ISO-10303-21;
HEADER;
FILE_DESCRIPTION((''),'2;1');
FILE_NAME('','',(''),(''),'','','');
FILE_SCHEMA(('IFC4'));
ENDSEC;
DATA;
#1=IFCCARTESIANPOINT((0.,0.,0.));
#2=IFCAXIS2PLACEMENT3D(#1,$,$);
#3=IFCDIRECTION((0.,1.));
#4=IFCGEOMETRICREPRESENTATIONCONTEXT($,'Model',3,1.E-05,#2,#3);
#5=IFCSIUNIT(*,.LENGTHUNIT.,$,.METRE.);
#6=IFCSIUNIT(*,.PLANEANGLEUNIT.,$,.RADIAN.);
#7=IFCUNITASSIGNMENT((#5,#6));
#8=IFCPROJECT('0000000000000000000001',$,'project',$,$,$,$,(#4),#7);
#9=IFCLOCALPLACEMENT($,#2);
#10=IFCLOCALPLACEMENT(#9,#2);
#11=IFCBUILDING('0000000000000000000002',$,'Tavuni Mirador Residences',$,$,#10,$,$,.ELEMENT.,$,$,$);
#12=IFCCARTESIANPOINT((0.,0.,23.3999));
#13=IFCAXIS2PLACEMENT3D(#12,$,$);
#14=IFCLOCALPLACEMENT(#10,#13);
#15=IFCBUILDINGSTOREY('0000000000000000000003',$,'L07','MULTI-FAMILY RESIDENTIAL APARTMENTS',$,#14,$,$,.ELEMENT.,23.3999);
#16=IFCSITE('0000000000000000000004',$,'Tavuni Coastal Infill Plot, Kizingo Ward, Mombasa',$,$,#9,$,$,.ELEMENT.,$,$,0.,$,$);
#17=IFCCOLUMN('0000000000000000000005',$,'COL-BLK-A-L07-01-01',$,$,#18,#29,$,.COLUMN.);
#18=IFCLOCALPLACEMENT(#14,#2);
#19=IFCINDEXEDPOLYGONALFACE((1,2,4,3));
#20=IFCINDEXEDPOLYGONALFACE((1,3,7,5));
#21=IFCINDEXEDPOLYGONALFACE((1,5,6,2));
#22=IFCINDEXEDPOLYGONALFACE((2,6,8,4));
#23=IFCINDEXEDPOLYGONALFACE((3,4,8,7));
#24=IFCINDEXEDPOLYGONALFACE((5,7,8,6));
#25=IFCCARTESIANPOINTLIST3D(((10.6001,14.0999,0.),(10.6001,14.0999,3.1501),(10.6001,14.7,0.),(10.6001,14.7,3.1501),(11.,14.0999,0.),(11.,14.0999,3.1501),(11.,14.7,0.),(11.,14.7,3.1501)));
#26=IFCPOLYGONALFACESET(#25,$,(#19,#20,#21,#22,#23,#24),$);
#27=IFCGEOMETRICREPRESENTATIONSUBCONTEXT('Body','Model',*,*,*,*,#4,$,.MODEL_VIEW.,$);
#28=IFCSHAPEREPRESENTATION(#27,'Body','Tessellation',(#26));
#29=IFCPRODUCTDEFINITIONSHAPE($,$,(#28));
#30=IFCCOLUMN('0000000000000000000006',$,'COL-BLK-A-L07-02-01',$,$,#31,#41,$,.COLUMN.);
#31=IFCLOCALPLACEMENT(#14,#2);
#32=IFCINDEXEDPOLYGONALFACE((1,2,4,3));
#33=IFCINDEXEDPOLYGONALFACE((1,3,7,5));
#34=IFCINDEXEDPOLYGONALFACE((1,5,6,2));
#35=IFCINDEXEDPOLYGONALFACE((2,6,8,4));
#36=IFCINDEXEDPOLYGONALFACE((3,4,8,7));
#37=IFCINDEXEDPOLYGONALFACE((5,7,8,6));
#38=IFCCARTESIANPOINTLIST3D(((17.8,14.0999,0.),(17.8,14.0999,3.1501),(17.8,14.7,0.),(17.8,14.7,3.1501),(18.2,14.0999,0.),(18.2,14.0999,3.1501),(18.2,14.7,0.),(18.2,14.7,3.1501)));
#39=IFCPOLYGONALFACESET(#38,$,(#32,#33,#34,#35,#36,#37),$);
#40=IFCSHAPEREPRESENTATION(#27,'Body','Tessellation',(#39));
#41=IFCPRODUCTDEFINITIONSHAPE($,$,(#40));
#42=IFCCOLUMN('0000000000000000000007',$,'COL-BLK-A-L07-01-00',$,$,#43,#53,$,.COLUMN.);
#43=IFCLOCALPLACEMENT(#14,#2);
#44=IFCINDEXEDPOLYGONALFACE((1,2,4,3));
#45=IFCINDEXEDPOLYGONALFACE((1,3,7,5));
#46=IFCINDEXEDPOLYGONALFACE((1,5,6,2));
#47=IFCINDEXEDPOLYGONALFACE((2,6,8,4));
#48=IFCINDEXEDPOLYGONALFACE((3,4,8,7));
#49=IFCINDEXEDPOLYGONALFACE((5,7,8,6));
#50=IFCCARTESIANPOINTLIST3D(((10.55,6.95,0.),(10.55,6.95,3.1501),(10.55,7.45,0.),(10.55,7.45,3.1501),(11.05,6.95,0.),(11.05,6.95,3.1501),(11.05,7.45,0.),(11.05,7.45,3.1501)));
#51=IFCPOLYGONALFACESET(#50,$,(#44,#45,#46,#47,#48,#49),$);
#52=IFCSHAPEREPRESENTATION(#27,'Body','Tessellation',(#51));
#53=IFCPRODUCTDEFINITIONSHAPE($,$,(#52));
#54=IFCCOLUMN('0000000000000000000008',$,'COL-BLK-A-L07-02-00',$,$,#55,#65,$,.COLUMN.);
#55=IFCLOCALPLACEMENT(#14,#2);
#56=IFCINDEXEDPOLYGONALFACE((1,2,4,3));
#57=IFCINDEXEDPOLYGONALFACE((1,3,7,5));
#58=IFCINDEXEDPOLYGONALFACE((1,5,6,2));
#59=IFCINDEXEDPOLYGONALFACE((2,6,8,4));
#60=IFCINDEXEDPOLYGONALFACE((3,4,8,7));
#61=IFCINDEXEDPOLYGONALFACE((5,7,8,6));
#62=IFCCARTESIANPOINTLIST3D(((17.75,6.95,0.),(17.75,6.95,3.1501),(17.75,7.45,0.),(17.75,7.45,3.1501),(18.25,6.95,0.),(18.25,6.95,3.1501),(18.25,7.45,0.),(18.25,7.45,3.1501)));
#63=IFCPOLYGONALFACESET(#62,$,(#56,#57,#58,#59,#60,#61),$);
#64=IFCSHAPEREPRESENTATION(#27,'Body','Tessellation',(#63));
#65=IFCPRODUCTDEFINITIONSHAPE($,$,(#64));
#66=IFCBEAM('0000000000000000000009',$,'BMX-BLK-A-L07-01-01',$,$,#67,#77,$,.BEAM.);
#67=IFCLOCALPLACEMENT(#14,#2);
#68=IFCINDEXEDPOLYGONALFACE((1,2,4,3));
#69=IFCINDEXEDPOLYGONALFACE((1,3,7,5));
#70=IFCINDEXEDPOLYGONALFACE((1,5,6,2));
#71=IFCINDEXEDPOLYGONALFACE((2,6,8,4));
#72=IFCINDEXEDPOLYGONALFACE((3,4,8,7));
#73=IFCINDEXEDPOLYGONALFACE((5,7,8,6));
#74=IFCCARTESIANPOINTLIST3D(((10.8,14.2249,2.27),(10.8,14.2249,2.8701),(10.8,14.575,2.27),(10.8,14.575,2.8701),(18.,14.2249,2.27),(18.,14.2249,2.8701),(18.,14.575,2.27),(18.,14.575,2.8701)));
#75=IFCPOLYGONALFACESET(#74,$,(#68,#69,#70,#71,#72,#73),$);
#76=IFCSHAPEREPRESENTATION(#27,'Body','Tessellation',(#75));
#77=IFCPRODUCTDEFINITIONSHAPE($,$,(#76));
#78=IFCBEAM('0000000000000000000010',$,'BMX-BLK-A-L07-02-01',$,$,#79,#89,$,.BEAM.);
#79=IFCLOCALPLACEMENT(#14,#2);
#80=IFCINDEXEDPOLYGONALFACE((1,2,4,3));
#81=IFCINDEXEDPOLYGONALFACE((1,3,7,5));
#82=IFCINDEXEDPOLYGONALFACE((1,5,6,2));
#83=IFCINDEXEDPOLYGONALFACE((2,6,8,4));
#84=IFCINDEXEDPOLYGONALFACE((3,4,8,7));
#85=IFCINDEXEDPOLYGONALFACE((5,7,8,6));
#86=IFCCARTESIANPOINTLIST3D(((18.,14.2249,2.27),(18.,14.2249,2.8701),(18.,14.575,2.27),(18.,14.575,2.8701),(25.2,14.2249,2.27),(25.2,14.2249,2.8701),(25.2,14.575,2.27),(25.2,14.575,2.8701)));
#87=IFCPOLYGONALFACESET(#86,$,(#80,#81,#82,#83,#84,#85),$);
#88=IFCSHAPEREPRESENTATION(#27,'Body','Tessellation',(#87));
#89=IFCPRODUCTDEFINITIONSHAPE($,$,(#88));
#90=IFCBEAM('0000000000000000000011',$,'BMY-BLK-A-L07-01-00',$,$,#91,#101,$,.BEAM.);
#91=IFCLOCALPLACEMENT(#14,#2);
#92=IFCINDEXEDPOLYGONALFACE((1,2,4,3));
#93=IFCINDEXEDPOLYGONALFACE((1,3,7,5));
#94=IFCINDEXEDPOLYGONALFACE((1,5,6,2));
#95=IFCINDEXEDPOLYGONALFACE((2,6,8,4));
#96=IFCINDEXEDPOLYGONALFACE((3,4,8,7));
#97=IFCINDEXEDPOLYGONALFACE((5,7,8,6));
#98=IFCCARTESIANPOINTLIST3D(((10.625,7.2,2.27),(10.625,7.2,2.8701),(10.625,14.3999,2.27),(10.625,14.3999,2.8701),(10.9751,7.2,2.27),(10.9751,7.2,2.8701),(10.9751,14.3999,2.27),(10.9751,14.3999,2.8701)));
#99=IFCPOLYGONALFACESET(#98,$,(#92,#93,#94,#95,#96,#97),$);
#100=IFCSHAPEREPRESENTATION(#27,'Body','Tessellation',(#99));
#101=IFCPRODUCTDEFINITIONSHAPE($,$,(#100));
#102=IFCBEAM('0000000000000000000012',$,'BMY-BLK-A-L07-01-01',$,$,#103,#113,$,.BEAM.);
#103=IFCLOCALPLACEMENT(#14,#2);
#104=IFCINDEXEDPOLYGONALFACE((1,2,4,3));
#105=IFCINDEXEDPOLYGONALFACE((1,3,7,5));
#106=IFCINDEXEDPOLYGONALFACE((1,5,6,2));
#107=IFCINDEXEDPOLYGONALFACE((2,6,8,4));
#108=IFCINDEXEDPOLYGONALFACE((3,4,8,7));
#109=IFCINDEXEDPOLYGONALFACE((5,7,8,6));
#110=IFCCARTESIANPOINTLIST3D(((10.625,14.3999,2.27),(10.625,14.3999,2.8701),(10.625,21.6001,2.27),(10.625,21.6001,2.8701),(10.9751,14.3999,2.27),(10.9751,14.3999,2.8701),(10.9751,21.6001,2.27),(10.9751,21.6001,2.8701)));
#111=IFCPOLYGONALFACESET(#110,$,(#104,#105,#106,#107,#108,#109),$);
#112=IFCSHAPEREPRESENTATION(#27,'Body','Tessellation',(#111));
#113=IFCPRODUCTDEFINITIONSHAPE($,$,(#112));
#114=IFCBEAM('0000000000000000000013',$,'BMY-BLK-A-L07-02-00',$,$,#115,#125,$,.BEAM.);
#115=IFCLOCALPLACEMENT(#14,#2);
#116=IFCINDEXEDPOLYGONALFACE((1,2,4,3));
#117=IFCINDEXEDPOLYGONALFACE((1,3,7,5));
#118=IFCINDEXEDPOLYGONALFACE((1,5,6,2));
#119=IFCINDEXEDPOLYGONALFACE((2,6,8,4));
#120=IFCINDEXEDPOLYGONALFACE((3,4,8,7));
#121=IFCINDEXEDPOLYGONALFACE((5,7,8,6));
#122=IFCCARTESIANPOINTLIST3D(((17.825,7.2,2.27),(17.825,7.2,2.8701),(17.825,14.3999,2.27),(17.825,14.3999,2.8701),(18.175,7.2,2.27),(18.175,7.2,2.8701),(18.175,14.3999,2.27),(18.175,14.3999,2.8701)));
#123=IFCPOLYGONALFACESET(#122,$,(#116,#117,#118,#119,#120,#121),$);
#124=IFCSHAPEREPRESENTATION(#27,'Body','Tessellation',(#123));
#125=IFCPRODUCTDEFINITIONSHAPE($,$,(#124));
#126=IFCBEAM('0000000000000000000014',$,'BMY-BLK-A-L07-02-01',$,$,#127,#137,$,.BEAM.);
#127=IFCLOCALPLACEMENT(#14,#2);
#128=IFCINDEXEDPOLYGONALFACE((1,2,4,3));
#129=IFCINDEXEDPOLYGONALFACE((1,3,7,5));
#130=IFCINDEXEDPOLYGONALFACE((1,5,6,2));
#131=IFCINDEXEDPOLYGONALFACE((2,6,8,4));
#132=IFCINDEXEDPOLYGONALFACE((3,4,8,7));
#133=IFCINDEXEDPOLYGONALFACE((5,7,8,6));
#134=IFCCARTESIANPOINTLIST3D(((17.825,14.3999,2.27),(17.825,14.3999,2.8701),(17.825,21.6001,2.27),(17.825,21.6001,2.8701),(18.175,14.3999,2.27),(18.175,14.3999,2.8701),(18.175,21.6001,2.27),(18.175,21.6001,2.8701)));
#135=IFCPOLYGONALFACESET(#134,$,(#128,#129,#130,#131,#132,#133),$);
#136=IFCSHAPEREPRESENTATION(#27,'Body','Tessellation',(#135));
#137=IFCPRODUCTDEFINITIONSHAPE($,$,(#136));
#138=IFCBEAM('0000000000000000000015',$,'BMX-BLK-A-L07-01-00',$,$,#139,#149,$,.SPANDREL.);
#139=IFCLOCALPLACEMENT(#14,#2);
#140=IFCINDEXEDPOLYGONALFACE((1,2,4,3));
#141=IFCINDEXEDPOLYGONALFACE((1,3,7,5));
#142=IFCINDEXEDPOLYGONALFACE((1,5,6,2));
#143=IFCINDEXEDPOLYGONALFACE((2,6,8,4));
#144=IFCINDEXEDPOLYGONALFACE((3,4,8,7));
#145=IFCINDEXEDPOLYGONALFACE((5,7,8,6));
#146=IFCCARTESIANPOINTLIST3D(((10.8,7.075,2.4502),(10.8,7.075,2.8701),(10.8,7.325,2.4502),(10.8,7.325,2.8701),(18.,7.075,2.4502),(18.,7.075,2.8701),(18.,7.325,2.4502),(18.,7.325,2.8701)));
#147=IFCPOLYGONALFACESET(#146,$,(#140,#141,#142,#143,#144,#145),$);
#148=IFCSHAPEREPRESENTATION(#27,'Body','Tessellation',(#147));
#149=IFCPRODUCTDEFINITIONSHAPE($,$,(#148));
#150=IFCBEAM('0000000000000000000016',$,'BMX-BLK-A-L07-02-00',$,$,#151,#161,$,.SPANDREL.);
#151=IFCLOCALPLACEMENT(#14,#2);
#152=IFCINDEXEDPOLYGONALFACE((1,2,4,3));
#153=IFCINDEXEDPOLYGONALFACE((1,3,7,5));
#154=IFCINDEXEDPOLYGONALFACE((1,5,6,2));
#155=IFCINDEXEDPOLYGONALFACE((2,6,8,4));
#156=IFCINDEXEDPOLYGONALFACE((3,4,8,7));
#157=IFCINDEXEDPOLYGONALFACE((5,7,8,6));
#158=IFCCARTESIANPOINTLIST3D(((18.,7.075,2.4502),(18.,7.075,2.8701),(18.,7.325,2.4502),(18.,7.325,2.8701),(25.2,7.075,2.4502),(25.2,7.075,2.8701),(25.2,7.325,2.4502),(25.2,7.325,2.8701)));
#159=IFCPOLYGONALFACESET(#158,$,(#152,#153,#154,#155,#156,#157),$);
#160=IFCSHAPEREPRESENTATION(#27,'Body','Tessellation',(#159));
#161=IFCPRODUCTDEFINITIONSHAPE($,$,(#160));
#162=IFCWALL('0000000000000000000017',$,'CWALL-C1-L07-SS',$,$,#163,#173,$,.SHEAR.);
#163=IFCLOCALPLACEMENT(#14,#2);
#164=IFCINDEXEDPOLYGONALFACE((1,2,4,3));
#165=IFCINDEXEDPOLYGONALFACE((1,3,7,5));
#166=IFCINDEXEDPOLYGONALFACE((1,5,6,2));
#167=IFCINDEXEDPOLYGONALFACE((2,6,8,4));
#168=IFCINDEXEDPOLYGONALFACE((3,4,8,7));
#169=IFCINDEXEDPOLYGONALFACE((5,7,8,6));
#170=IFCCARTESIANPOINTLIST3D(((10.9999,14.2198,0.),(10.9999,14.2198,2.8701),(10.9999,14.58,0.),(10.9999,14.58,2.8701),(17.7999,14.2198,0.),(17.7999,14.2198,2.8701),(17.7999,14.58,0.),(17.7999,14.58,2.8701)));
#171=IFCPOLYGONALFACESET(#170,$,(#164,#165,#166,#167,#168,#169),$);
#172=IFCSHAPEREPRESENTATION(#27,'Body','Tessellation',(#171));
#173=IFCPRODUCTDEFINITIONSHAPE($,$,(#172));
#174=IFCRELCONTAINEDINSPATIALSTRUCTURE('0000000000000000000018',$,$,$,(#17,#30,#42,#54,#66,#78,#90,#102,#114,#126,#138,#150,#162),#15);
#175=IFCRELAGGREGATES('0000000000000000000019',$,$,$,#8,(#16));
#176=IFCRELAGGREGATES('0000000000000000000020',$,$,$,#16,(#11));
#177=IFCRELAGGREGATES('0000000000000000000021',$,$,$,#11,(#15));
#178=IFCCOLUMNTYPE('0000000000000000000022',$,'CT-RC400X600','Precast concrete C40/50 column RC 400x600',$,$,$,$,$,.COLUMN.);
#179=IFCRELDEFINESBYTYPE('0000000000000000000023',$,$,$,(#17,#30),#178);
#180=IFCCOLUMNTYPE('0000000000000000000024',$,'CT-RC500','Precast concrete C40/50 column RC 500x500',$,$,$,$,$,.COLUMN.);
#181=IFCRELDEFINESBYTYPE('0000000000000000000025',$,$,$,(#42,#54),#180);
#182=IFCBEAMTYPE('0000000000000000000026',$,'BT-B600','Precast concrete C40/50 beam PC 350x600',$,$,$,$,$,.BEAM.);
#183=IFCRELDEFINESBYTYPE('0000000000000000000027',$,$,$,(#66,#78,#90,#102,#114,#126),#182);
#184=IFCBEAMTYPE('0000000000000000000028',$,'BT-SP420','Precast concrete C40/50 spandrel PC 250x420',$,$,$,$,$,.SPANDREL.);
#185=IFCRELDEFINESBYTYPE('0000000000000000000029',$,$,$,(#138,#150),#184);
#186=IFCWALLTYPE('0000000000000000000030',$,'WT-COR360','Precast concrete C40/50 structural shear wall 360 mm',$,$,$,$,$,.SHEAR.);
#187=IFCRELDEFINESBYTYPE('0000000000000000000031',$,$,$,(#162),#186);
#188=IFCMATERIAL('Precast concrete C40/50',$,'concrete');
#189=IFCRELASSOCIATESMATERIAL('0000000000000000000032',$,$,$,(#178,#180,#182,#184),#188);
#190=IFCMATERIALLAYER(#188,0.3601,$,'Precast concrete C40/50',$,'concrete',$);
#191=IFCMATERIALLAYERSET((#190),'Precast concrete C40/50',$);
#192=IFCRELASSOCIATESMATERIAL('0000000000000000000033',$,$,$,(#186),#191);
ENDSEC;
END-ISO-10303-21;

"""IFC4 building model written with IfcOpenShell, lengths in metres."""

from ifc_helpers import new_model, si_unit, direction, frame, frame_2d, origin, origin_2d, place, context, subcontext, project, spatial, rectangle, extrude, material, layer, layer_set, material_profile, profile_set, type_object, element, save


model = new_model("IFC4")

# Units and contexts
model_context = context("Model", 3, precision=1e-05, world=origin(), true_north=direction((0.0, 1.0)))
body_context = subcontext(model_context, "Body", "Model", "MODEL_VIEW")
ifc_project = project(units=[si_unit("LENGTHUNIT", "METRE"), si_unit("PLANEANGLEUNIT", "RADIAN")], contexts=[model_context])

# Site, building, storey
site_placement = place(None, origin())
site = spatial("IfcSite", under=ifc_project, at=site_placement, Name="Tavuni Coastal Infill Plot, Kizingo Ward, Mombasa", CompositionType="ELEMENT", RefElevation=0.0)
building_placement = place(site_placement, origin())
building = spatial("IfcBuilding", under=site, at=building_placement, Name="Tavuni Mirador Residences", CompositionType="ELEMENT")
storey_placement = place(building_placement, frame((0.0, 0.0, 23.3999)))
storey = spatial("IfcBuildingStorey", under=building, at=storey_placement, Name="L07", Description="MULTI-FAMILY RESIDENTIAL APARTMENTS", CompositionType="ELEMENT", Elevation=23.3999)

# Columns
ifc_material_1 = material(Name="Precast concrete C40/50", Category="concrete")
ifc_material_profile_1 = material_profile(ifc_material_1, rectangle(XDim=0.3999, YDim=0.6001, at=origin_2d()), Name="RC 400x600", Category="concrete")
ifc_profile_set_1 = profile_set([ifc_material_profile_1], Name="Precast concrete C40/50")
column_type_1 = type_object("IfcColumnType", Name="CT-RC400X600", Description="Precast concrete C40/50 column RC 400x600", PredefinedType="COLUMN", material=ifc_profile_set_1)
for number, where, z_axis, x_axis, name in (
    (1, (10.8, 14.3999, 0.0), (0.0, 0.0, 1.0), (1.0, 0.0, 0.0), "COL-BLK-A-L07-01-01"),
    (2, (18.0, 14.3999, 0.0), (0.0, 0.0, 1.0), (1.0, 0.0, 0.0), "COL-BLK-A-L07-02-01"),
):
    element("IfcColumn", number, at=place(storey_placement, frame(where, z_axis=z_axis, x_axis=x_axis)), inside=storey, type_object=column_type_1, Name=name, PredefinedType="COLUMN", context=body_context, shape_type="SweptSolid", body=[
        extrude(rectangle(XDim=0.3999, YDim=0.6001, at=origin_2d()), origin(), (0.0, 0.0, 1.0), 3.1501),
    ])
ifc_material_profile_2 = material_profile(ifc_material_1, rectangle(XDim=0.5, YDim=0.5, at=origin_2d()), Name="RC 500x500", Category="concrete")
ifc_profile_set_2 = profile_set([ifc_material_profile_2], Name="Precast concrete C40/50")
column_type_2 = type_object("IfcColumnType", Name="CT-RC500", Description="Precast concrete C40/50 column RC 500x500", PredefinedType="COLUMN", material=ifc_profile_set_2)
for number, where, z_axis, x_axis, name in (
    (3, (10.8, 7.2, 0.0), (0.0, 0.0, 1.0), (1.0, 0.0, 0.0), "COL-BLK-A-L07-01-00"),
    (4, (18.0, 7.2, 0.0), (0.0, 0.0, 1.0), (1.0, 0.0, 0.0), "COL-BLK-A-L07-02-00"),
):
    element("IfcColumn", number, at=place(storey_placement, frame(where, z_axis=z_axis, x_axis=x_axis)), inside=storey, type_object=column_type_2, Name=name, PredefinedType="COLUMN", context=body_context, shape_type="SweptSolid", body=[
        extrude(rectangle(XDim=0.5, YDim=0.5, at=origin_2d()), origin(), (0.0, 0.0, 1.0), 3.1501),
    ])

# Beams
ifc_material_profile_3 = material_profile(ifc_material_1, rectangle(XDim=0.3501, YDim=0.6001, at=origin_2d()), Name="PC 350x600", Category="concrete")
ifc_profile_set_3 = profile_set([ifc_material_profile_3], Name="Precast concrete C40/50")
beam_type_1 = type_object("IfcBeamType", Name="BT-B600", Description="Precast concrete C40/50 beam PC 350x600", PredefinedType="BEAM", material=ifc_profile_set_3)
for number, where, z_axis, x_axis, name in (
    (5, (10.8, 14.3999, 2.5701), (1.0, 0.0, 0.0), (0.0, 1.0, 0.0), "BMX-BLK-A-L07-01-01"),
    (6, (18.0, 14.3999, 2.5701), (1.0, 0.0, 0.0), (0.0, 1.0, 0.0), "BMX-BLK-A-L07-02-01"),
    (7, (10.8, 7.2, 2.5701), (0.0, 1.0, 0.0), (-1.0, 0.0, 0.0), "BMY-BLK-A-L07-01-00"),
):
    element("IfcBeam", number, at=place(storey_placement, frame(where, z_axis=z_axis, x_axis=x_axis)), inside=storey, type_object=beam_type_1, Name=name, PredefinedType="BEAM", context=body_context, shape_type="SweptSolid", body=[
        extrude(rectangle(XDim=0.3501, YDim=0.6001, at=origin_2d()), origin(), (0.0, 0.0, 1.0), 7.2),
    ])
beam_1_placement = place(storey_placement, frame((10.8, 14.3999, 2.5701), z_axis=(0.0, 1.0, 0.0), x_axis=(-1.0, 0.0, 0.0)))
element("IfcBeam", 8, at=beam_1_placement, inside=storey, type_object=beam_type_1, Name="BMY-BLK-A-L07-01-01", PredefinedType="BEAM", context=body_context, shape_type="SweptSolid", body=[
    extrude(rectangle(XDim=0.3501, YDim=0.6001, at=origin_2d()), origin(), (0.0, 0.0, 1.0), 7.2002),
])
beam_2_placement = place(storey_placement, frame((18.0, 7.2, 2.5701), z_axis=(0.0, 1.0, 0.0), x_axis=(-1.0, 0.0, 0.0)))
element("IfcBeam", 9, at=beam_2_placement, inside=storey, type_object=beam_type_1, Name="BMY-BLK-A-L07-02-00", PredefinedType="BEAM", context=body_context, shape_type="SweptSolid", body=[
    extrude(rectangle(XDim=0.3501, YDim=0.6001, at=origin_2d()), origin(), (0.0, 0.0, 1.0), 7.2),
])
beam_3_placement = place(storey_placement, frame((18.0, 14.3999, 2.5701), z_axis=(0.0, 1.0, 0.0), x_axis=(-1.0, 0.0, 0.0)))
element("IfcBeam", 10, at=beam_3_placement, inside=storey, type_object=beam_type_1, Name="BMY-BLK-A-L07-02-01", PredefinedType="BEAM", context=body_context, shape_type="SweptSolid", body=[
    extrude(rectangle(XDim=0.3501, YDim=0.6001, at=origin_2d()), origin(), (0.0, 0.0, 1.0), 7.2002),
])
ifc_material_profile_4 = material_profile(ifc_material_1, rectangle(XDim=0.25, YDim=0.4199, at=origin_2d()), Name="PC 250x420", Category="concrete")
ifc_profile_set_4 = profile_set([ifc_material_profile_4], Name="Precast concrete C40/50")
beam_type_2 = type_object("IfcBeamType", Name="BT-SP420", Description="Precast concrete C40/50 spandrel PC 250x420", PredefinedType="SPANDREL", material=ifc_profile_set_4)
for number, where, z_axis, x_axis, name in (
    (11, (10.8, 7.2, 2.6602), (1.0, 0.0, 0.0), (0.0, 1.0, 0.0), "BMX-BLK-A-L07-01-00"),
    (12, (18.0, 7.2, 2.6602), (1.0, 0.0, 0.0), (0.0, 1.0, 0.0), "BMX-BLK-A-L07-02-00"),
):
    element("IfcBeam", number, at=place(storey_placement, frame(where, z_axis=z_axis, x_axis=x_axis)), inside=storey, type_object=beam_type_2, Name=name, PredefinedType="SPANDREL", context=body_context, shape_type="SweptSolid", body=[
        extrude(rectangle(XDim=0.25, YDim=0.4199, at=origin_2d()), origin(), (0.0, 0.0, 1.0), 7.2),
    ])

# Wall
ifc_layer_1 = layer(ifc_material_1, 0.3601, Name="Precast concrete C40/50", Category="concrete")
ifc_layer_set_1 = layer_set([ifc_layer_1], Name="Precast concrete C40/50")
wall_type_1 = type_object("IfcWallType", Name="WT-COR360", Description="Precast concrete C40/50 structural shear wall 360 mm", PredefinedType="SHEAR", material=ifc_layer_set_1)
wall_1_placement = place(storey_placement, frame((11.0, 14.3999, 0.0), z_axis=(0.0, 0.0, 1.0), x_axis=(1.0, 0.0, 0.0)))
element("IfcWall", 13, at=wall_1_placement, inside=storey, type_object=wall_type_1, Name="CWALL-C1-L07-SS", PredefinedType="SHEAR", context=body_context, shape_type="SweptSolid", body=[
    extrude(rectangle(XDim=6.8, YDim=0.3601, at=frame_2d((3.3999, 0.0))), origin(), (0.0, 0.0, 1.0), 2.8701),
])

save(model, "model.ifc")
